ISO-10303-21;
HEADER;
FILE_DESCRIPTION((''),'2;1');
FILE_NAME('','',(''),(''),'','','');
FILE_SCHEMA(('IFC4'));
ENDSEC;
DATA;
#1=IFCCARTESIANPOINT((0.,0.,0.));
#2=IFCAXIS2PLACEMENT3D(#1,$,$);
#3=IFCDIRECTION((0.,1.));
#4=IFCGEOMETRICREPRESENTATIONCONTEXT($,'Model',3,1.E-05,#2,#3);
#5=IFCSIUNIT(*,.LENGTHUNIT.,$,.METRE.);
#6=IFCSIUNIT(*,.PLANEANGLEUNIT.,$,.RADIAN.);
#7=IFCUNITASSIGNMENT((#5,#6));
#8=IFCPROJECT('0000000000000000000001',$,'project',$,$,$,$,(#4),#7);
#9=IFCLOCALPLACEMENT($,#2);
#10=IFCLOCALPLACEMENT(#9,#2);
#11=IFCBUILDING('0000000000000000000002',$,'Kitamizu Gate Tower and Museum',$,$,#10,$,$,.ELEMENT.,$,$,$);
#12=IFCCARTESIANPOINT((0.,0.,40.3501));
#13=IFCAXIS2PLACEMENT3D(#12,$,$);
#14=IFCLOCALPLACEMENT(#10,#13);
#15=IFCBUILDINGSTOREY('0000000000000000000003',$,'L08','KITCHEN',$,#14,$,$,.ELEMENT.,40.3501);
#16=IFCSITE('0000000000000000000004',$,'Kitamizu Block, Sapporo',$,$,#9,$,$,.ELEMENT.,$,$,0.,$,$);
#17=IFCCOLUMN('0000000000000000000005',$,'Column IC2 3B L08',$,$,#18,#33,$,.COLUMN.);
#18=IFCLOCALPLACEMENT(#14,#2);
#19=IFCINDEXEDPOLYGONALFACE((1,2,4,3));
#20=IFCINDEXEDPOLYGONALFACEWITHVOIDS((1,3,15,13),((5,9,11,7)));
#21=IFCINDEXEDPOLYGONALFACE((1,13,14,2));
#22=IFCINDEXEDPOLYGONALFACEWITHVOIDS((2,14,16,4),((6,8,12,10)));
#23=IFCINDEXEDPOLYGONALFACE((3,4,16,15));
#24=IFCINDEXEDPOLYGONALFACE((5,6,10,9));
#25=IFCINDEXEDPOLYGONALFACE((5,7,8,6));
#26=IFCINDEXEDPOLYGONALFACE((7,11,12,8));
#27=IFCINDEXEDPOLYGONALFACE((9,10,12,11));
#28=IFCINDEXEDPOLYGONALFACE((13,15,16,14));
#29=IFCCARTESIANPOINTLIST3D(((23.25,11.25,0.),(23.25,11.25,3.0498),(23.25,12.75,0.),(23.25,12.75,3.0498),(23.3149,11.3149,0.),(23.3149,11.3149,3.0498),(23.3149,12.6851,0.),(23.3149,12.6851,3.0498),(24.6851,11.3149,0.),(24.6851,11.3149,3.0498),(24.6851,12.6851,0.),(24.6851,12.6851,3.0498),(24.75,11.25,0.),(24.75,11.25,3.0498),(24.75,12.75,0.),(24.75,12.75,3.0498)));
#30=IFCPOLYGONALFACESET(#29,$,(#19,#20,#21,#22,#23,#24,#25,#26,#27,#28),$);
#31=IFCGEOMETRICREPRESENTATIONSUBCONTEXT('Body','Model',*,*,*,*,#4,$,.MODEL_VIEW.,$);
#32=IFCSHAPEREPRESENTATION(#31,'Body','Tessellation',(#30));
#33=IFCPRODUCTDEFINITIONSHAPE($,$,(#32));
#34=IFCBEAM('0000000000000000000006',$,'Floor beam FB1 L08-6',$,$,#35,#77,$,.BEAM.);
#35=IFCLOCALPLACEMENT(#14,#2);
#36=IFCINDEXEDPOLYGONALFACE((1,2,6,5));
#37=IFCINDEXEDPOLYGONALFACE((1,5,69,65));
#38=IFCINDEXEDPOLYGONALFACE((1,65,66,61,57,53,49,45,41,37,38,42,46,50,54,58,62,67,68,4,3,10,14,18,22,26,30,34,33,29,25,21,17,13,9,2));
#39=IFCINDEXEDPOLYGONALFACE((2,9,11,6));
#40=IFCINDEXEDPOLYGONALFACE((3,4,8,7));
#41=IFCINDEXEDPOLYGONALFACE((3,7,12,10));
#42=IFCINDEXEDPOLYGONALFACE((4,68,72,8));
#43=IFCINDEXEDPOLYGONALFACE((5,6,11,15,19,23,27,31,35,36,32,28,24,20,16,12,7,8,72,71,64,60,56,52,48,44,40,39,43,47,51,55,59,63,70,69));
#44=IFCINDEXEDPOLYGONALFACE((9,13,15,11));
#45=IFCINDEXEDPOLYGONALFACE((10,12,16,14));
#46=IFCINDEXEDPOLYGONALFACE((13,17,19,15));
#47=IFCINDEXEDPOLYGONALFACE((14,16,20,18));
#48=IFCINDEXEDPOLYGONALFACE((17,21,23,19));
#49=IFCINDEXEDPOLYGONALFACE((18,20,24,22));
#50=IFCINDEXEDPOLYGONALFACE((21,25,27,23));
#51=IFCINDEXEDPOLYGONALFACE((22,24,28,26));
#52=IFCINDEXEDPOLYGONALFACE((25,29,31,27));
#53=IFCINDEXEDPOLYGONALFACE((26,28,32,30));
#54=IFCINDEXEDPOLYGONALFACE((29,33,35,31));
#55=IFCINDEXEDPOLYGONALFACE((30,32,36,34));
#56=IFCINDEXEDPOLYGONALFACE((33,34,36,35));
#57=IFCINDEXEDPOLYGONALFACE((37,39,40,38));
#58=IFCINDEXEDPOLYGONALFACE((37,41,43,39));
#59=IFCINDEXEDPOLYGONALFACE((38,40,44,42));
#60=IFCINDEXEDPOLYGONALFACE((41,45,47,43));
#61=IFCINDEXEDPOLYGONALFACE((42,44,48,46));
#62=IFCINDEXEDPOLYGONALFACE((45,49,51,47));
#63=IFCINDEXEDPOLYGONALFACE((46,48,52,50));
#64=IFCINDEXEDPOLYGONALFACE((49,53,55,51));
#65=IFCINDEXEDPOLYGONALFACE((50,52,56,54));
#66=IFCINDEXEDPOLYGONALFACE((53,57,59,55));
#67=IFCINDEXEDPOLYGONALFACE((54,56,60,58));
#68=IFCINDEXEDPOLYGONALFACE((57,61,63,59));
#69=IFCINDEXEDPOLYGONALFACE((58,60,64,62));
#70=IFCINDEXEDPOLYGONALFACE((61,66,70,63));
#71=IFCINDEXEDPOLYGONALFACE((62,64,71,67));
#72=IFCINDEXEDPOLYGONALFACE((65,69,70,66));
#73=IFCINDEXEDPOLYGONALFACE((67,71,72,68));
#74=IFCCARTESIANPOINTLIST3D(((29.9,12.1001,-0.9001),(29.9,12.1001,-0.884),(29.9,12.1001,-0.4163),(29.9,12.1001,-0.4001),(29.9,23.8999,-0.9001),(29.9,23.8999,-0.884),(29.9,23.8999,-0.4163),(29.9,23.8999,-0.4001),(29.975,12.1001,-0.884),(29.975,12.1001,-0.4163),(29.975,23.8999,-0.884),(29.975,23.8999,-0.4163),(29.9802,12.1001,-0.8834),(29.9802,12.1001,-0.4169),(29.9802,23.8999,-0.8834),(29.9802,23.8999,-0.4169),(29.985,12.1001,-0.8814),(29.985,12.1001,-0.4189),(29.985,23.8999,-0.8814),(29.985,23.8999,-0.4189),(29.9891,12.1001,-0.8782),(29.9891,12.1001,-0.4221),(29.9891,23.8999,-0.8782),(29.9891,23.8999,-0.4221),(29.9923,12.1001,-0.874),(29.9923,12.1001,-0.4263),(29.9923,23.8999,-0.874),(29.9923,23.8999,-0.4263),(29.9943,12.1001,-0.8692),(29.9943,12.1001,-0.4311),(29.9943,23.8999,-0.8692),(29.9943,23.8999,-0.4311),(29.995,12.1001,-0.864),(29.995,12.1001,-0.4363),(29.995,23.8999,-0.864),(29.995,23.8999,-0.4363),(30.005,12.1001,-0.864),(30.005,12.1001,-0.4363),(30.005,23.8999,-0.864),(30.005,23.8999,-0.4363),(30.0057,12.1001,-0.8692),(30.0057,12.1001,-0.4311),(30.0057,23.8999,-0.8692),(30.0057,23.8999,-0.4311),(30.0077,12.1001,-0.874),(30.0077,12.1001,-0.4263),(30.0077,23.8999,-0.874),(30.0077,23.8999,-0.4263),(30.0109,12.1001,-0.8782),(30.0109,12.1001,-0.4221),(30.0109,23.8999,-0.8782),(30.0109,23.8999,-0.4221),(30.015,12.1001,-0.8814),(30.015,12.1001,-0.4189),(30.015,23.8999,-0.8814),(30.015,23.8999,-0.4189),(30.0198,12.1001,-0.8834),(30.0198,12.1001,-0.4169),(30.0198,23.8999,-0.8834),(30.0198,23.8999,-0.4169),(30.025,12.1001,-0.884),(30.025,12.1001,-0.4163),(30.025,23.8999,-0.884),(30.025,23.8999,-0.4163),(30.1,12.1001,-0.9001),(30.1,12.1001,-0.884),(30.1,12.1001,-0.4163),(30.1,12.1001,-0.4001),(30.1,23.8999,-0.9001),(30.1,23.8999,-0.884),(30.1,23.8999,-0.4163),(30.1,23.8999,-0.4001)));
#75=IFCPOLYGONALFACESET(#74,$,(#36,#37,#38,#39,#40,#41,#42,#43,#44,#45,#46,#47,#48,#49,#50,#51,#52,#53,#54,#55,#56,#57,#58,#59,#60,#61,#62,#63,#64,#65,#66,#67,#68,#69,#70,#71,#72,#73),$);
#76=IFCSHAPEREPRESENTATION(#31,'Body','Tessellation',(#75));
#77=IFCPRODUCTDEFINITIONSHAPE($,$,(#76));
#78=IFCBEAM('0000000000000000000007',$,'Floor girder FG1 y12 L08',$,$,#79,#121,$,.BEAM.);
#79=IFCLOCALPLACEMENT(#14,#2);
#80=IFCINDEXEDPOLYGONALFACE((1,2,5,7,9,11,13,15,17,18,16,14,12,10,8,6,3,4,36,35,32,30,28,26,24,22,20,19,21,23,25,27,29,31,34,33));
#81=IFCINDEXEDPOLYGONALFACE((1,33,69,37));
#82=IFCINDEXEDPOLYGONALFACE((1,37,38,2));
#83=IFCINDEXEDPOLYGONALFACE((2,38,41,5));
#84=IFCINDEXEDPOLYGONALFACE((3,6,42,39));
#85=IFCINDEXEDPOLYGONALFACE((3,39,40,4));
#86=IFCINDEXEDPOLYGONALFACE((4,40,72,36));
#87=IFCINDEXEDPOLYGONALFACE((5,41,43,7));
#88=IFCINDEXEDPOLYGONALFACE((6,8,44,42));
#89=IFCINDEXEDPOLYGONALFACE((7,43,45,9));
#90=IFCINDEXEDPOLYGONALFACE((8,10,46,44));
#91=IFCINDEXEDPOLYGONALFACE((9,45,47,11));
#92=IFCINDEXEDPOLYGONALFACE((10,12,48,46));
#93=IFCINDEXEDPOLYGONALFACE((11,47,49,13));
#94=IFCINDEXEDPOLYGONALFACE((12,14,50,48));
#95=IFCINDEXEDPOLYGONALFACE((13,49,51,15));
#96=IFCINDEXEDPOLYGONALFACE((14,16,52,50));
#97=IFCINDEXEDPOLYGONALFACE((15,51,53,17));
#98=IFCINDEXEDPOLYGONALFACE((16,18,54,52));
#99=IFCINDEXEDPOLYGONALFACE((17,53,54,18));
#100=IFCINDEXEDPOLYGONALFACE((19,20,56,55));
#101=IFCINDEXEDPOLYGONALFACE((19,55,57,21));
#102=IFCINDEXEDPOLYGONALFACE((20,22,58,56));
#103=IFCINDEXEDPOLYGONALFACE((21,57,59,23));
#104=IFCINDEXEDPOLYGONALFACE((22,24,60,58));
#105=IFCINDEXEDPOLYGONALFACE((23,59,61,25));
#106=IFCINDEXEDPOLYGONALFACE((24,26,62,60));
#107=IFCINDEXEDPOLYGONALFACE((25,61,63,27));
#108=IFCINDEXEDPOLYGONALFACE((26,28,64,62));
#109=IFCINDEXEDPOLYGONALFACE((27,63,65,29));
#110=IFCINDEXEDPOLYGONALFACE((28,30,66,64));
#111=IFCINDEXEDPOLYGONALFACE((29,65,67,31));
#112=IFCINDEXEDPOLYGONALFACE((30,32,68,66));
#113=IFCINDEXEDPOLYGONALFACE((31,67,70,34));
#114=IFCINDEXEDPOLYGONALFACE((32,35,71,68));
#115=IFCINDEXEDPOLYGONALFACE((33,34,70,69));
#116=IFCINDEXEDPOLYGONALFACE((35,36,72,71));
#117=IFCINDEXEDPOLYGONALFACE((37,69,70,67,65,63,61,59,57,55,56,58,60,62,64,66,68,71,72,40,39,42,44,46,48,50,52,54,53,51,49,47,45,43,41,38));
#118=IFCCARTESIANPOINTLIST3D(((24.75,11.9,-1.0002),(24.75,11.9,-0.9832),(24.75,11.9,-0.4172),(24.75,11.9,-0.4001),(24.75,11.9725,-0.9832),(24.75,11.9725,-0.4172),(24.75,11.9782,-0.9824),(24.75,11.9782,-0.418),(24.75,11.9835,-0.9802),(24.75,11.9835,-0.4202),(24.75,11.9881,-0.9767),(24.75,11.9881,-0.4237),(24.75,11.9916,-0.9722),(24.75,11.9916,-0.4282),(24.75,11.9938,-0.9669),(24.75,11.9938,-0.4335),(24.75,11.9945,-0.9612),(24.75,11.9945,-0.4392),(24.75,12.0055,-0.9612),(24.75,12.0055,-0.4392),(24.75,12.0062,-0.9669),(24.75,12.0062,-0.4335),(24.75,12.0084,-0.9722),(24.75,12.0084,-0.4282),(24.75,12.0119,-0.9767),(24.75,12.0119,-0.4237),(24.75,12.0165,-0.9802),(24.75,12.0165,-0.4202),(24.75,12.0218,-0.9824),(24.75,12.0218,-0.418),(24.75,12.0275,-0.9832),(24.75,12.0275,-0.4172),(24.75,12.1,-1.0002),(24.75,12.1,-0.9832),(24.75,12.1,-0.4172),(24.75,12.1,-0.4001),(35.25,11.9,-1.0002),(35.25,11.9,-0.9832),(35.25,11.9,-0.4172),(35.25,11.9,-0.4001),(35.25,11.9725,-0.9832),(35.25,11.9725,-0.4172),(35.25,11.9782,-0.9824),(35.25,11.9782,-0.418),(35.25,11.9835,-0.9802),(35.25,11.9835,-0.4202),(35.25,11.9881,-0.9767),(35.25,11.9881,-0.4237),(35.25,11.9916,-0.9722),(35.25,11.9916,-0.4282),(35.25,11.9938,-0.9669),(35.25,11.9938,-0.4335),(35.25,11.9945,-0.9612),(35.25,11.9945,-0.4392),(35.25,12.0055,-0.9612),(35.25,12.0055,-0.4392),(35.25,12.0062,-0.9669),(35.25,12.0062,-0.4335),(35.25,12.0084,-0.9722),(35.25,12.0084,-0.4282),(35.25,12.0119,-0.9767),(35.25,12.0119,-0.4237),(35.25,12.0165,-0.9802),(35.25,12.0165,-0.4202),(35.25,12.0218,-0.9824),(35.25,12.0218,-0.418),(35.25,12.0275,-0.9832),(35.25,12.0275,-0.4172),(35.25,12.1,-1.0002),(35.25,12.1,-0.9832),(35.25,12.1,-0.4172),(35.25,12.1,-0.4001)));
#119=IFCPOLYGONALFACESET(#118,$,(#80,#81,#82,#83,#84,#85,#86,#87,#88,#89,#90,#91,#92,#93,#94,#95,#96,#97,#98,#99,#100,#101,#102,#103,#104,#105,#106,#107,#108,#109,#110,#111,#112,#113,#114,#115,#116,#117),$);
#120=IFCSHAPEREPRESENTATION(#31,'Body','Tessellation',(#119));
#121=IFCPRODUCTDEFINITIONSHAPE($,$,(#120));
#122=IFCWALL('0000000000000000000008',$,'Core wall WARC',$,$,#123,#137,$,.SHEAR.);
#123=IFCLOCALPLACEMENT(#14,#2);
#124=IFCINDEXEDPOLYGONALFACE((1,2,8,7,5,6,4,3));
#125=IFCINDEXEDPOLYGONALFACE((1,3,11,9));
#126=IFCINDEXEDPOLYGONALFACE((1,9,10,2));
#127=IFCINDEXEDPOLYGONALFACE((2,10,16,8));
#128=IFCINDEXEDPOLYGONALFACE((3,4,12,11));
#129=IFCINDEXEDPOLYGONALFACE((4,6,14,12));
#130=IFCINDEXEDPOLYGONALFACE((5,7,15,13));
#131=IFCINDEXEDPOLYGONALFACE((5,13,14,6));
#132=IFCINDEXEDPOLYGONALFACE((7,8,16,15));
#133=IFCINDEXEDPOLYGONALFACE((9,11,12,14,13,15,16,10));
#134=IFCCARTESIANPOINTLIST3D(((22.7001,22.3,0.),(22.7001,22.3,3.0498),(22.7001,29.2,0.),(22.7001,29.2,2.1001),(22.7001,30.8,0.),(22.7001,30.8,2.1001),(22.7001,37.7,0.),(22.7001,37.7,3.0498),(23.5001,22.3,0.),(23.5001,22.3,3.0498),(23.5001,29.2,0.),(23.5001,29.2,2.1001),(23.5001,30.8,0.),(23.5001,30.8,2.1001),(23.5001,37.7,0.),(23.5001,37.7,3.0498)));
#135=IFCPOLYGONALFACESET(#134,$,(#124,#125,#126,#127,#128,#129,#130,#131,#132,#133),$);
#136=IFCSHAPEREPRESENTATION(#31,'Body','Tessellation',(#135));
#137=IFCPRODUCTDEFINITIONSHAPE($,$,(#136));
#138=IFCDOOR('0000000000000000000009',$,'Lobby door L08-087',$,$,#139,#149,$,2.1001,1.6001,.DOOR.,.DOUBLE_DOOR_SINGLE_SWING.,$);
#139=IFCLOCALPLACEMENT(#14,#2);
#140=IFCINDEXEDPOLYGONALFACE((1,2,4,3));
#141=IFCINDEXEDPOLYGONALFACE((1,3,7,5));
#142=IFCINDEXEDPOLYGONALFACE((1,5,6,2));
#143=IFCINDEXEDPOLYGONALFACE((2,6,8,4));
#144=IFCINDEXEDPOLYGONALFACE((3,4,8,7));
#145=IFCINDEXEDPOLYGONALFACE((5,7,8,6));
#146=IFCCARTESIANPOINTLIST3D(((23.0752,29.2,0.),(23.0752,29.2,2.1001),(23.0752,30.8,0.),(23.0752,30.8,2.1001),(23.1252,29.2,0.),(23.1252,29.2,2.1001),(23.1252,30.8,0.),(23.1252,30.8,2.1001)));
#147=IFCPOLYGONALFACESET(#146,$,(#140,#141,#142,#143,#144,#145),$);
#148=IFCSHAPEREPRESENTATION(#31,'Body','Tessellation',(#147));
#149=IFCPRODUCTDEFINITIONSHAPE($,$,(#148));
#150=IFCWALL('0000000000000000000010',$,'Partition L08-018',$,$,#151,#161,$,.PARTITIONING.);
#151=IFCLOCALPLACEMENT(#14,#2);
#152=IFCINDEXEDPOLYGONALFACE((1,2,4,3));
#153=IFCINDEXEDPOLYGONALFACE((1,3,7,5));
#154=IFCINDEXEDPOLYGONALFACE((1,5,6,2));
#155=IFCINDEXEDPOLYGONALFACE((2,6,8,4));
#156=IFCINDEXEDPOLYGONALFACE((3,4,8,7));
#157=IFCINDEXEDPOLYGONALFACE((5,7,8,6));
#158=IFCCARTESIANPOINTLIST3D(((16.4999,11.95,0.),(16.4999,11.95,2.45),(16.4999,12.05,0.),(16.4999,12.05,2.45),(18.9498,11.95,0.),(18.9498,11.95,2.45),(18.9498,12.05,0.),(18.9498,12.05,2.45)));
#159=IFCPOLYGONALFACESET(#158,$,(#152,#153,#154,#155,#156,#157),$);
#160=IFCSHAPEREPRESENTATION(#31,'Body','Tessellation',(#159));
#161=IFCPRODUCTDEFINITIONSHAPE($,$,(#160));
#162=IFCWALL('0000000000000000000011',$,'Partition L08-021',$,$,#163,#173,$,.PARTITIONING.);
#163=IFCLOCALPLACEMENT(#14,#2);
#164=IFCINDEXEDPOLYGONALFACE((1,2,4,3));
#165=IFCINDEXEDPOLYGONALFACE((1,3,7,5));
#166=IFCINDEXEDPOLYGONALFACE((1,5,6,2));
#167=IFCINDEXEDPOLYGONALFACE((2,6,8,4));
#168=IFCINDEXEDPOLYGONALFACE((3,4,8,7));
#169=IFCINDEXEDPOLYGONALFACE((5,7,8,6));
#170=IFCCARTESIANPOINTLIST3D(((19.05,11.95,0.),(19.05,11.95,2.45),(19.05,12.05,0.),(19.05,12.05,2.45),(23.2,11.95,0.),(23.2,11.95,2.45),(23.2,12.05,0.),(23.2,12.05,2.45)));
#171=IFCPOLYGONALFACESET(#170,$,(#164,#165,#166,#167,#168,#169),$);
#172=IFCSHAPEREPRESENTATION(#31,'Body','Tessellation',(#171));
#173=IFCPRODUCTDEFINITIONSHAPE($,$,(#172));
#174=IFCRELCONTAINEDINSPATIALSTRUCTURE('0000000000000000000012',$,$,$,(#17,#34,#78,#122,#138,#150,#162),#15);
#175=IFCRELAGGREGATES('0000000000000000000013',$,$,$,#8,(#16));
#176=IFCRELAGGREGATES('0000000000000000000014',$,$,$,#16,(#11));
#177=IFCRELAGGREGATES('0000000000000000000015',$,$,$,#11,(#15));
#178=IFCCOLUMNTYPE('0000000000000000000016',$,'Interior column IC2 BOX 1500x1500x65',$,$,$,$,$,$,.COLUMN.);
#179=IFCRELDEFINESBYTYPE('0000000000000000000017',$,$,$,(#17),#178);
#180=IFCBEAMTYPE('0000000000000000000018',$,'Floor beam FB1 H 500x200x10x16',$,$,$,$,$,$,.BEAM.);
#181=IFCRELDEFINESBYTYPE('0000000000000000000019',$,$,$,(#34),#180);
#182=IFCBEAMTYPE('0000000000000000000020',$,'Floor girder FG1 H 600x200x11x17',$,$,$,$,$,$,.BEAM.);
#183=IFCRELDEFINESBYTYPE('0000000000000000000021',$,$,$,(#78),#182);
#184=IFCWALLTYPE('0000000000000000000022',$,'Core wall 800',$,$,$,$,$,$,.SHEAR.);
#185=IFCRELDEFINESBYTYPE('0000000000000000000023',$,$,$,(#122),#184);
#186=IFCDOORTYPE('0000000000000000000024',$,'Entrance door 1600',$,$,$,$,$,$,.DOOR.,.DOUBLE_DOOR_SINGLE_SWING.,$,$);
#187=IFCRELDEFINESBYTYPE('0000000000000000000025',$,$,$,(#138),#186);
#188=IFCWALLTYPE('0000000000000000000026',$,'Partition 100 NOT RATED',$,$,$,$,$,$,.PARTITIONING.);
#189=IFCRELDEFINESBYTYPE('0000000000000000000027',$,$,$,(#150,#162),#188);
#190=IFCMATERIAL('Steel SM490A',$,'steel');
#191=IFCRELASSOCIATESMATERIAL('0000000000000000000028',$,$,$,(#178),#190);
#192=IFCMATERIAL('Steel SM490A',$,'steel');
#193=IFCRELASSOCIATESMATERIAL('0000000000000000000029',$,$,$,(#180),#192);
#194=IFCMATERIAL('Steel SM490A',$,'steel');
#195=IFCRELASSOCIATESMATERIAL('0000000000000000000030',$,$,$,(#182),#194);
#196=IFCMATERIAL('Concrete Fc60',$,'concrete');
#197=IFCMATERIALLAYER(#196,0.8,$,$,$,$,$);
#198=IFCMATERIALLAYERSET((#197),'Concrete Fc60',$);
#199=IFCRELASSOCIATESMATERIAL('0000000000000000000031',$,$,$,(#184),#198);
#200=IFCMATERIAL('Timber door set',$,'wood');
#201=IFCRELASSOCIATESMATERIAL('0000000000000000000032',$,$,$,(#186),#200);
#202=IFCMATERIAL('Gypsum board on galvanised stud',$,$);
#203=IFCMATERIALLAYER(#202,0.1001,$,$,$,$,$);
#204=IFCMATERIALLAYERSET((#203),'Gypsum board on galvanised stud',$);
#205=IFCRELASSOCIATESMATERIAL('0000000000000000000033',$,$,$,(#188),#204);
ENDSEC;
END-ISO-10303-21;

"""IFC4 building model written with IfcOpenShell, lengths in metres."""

from ifc_helpers import new_model, si_unit, direction, frame, frame_2d, origin, origin_2d, place, context, subcontext, project, spatial, rectangle, hollow_rectangle, i_section, extrude, material, layer, layer_set, material_profile, profile_set, type_object, element, fill, save


model = new_model("IFC4")

# Units and contexts
model_context = context("Model", 3, precision=1e-05, world=origin(), true_north=direction((0.0, 1.0)))
body_context = subcontext(model_context, "Body", "Model", "MODEL_VIEW")
ifc_project = project(units=[si_unit("LENGTHUNIT", "METRE"), si_unit("PLANEANGLEUNIT", "RADIAN")], contexts=[model_context])

# Site, building, storey
site_placement = place(None, origin())
site = spatial("IfcSite", under=ifc_project, at=site_placement, Name="Kitamizu Block, Sapporo", CompositionType="ELEMENT", RefElevation=0.0)
building_placement = place(site_placement, origin())
building = spatial("IfcBuilding", under=site, at=building_placement, Name="Kitamizu Gate Tower and Museum", CompositionType="ELEMENT")
storey_placement = place(building_placement, frame((0.0, 0.0, 40.3501)))
storey = spatial("IfcBuildingStorey", under=building, at=storey_placement, Name="L08", Description="KITCHEN", CompositionType="ELEMENT", Elevation=40.3501)

# Column
ifc_material_1 = material(Name="Steel SM490A", Category="steel")
ifc_material_profile_1 = material_profile(ifc_material_1, hollow_rectangle(XDim=1.5, YDim=1.5, WallThickness=0.0649, at=origin_2d()), Name="BOX 1500x1500x65")
ifc_profile_set_1 = profile_set([ifc_material_profile_1], Name="Steel SM490A")
column_type = type_object("IfcColumnType", Name="Interior column IC2 BOX 1500x1500x65", PredefinedType="COLUMN", material=ifc_profile_set_1)
column_placement = place(storey_placement, frame((24.0, 12.0, 0.0), z_axis=(0.0, 0.0, 1.0), x_axis=(1.0, 0.0, 0.0)))
element("IfcColumn", 1, at=column_placement, inside=storey, type_object=column_type, Name="Column IC2 3B L08", PredefinedType="COLUMN", context=body_context, shape_type="SweptSolid", body=[
    extrude(hollow_rectangle(XDim=1.5, YDim=1.5, WallThickness=0.0649, at=origin_2d()), origin(), (0.0, 0.0, 1.0), 3.0498),
])

# Beams
ifc_material_2 = material(Name="Steel SM490A", Category="steel")
ifc_material_profile_2 = material_profile(ifc_material_2, i_section(OverallWidth=0.2, OverallDepth=0.5, WebThickness=0.01, FlangeThickness=0.0161, FilletRadius=0.02, at=origin_2d()), Name="H-500x200x10x16")
ifc_profile_set_2 = profile_set([ifc_material_profile_2], Name="Steel SM490A")
beam_type_1 = type_object("IfcBeamType", Name="Floor beam FB1 H 500x200x10x16", PredefinedType="BEAM", material=ifc_profile_set_2)
beam_1_placement = place(storey_placement, frame((30.0, 12.1001, -0.6501), z_axis=(0.0, 1.0, 0.0), x_axis=(-1.0, 0.0, 0.0)))
element("IfcBeam", 2, at=beam_1_placement, inside=storey, type_object=beam_type_1, Name="Floor beam FB1 L08-6", PredefinedType="BEAM", context=body_context, shape_type="SweptSolid", body=[
    extrude(i_section(OverallWidth=0.2, OverallDepth=0.5, WebThickness=0.01, FlangeThickness=0.0161, FilletRadius=0.02, at=origin_2d()), origin(), (0.0, 0.0, 1.0), 11.7998),
])
ifc_material_3 = material(Name="Steel SM490A", Category="steel")
ifc_material_profile_3 = material_profile(ifc_material_3, i_section(OverallWidth=0.2, OverallDepth=0.6001, WebThickness=0.011, FlangeThickness=0.0171, FilletRadius=0.022, at=origin_2d()), Name="H-600x200x11x17")
ifc_profile_set_3 = profile_set([ifc_material_profile_3], Name="Steel SM490A")
beam_type_2 = type_object("IfcBeamType", Name="Floor girder FG1 H 600x200x11x17", PredefinedType="BEAM", material=ifc_profile_set_3)
beam_2_placement = place(storey_placement, frame((24.75, 12.0, -0.7002), z_axis=(1.0, 0.0, 0.0), x_axis=(0.0, 1.0, 0.0)))
element("IfcBeam", 3, at=beam_2_placement, inside=storey, type_object=beam_type_2, Name="Floor girder FG1 y12 L08", PredefinedType="BEAM", context=body_context, shape_type="SweptSolid", body=[
    extrude(i_section(OverallWidth=0.2, OverallDepth=0.6001, WebThickness=0.011, FlangeThickness=0.0171, FilletRadius=0.022, at=origin_2d()), origin(), (0.0, 0.0, 1.0), 10.5),
])

# Wall, opening, door
ifc_material_4 = material(Name="Concrete Fc60", Category="concrete")
ifc_layer_1 = layer(ifc_material_4, 0.8)
ifc_layer_set_1 = layer_set([ifc_layer_1], Name="Concrete Fc60")
wall_type_1 = type_object("IfcWallType", Name="Core wall 800", PredefinedType="SHEAR", material=ifc_layer_set_1)
wall_1_placement = place(storey_placement, frame((23.1001, 22.3, 0.0), z_axis=(0.0, 0.0, 1.0), x_axis=(0.0, 1.0, 0.0)))
wall_1 = element("IfcWall", 4, at=wall_1_placement, inside=storey, type_object=wall_type_1, Name="Core wall WARC", PredefinedType="SHEAR", context=body_context, shape_type="SweptSolid", body=[
    extrude(rectangle(XDim=15.3999, YDim=0.8, at=frame_2d((7.7, 0.0))), origin(), (0.0, 0.0, 1.0), 3.0498),
])
opening_1_placement = place(wall_1_placement, frame((6.8999, 0.0, 0.0)))
opening_1 = element("IfcOpeningElement", 5, at=opening_1_placement, cuts=wall_1, PredefinedType="OPENING", context=body_context, shape_type="SweptSolid", body=[
    extrude(rectangle(XDim=1.6001, YDim=2.1001, at=frame_2d((0.8, 1.05))), frame((0.0, 0.4102, 0.0), z_axis=(0.0, -1.0, 0.0), x_axis=(1.0, 0.0, 0.0)), (0.0, 0.0, 1.0), 0.8201),
])
ifc_material_5 = material(Name="Timber door set", Category="wood")
door_type_1 = type_object("IfcDoorType", Name="Entrance door 1600", OperationType="DOUBLE_DOOR_SINGLE_SWING", PredefinedType="DOOR", material=ifc_material_5)
door_1_placement = place(opening_1_placement, origin())
door_1 = element("IfcDoor", 6, at=door_1_placement, inside=storey, type_object=door_type_1, Name="Lobby door L08-087", OperationType="DOUBLE_DOOR_SINGLE_SWING", OverallHeight=2.1001, OverallWidth=1.6001, PredefinedType="DOOR", context=body_context, shape_type="SweptSolid", body=[
    extrude(rectangle(XDim=1.6001, YDim=2.1001, at=frame_2d((0.8, 1.05))), frame((0.0, 0.0249, 0.0), z_axis=(0.0, -1.0, 0.0), x_axis=(1.0, 0.0, 0.0)), (0.0, 0.0, 1.0), 0.05),
])
fill(opening_1, door_1)

# Walls
ifc_material_6 = material(Name="Gypsum board on galvanised stud")
ifc_layer_2 = layer(ifc_material_6, 0.1001)
ifc_layer_set_2 = layer_set([ifc_layer_2], Name="Gypsum board on galvanised stud")
wall_type_2 = type_object("IfcWallType", Name="Partition 100 NOT RATED", PredefinedType="PARTITIONING", material=ifc_layer_set_2)
wall_2_placement = place(storey_placement, frame((18.95, 12.0, 0.0), z_axis=(0.0, 0.0, 1.0), x_axis=(-1.0, 0.0, 0.0)))
element("IfcWall", 7, at=wall_2_placement, inside=storey, type_object=wall_type_2, Name="Partition L08-018", PredefinedType="PARTITIONING", context=body_context, shape_type="SweptSolid", body=[
    extrude(rectangle(XDim=2.45, YDim=0.1001, at=frame_2d((1.2251, 0.0))), origin(), (0.0, 0.0, 1.0), 2.45),
])
wall_3_placement = place(storey_placement, frame((23.2, 12.0, 0.0), z_axis=(0.0, 0.0, 1.0), x_axis=(-1.0, 0.0, 0.0)))
element("IfcWall", 8, at=wall_3_placement, inside=storey, type_object=wall_type_2, Name="Partition L08-021", PredefinedType="PARTITIONING", context=body_context, shape_type="SweptSolid", body=[
    extrude(rectangle(XDim=4.1499, YDim=0.1001, at=frame_2d((2.075, 0.0))), origin(), (0.0, 0.0, 1.0), 2.45),
])

save(model, "model.ifc")
